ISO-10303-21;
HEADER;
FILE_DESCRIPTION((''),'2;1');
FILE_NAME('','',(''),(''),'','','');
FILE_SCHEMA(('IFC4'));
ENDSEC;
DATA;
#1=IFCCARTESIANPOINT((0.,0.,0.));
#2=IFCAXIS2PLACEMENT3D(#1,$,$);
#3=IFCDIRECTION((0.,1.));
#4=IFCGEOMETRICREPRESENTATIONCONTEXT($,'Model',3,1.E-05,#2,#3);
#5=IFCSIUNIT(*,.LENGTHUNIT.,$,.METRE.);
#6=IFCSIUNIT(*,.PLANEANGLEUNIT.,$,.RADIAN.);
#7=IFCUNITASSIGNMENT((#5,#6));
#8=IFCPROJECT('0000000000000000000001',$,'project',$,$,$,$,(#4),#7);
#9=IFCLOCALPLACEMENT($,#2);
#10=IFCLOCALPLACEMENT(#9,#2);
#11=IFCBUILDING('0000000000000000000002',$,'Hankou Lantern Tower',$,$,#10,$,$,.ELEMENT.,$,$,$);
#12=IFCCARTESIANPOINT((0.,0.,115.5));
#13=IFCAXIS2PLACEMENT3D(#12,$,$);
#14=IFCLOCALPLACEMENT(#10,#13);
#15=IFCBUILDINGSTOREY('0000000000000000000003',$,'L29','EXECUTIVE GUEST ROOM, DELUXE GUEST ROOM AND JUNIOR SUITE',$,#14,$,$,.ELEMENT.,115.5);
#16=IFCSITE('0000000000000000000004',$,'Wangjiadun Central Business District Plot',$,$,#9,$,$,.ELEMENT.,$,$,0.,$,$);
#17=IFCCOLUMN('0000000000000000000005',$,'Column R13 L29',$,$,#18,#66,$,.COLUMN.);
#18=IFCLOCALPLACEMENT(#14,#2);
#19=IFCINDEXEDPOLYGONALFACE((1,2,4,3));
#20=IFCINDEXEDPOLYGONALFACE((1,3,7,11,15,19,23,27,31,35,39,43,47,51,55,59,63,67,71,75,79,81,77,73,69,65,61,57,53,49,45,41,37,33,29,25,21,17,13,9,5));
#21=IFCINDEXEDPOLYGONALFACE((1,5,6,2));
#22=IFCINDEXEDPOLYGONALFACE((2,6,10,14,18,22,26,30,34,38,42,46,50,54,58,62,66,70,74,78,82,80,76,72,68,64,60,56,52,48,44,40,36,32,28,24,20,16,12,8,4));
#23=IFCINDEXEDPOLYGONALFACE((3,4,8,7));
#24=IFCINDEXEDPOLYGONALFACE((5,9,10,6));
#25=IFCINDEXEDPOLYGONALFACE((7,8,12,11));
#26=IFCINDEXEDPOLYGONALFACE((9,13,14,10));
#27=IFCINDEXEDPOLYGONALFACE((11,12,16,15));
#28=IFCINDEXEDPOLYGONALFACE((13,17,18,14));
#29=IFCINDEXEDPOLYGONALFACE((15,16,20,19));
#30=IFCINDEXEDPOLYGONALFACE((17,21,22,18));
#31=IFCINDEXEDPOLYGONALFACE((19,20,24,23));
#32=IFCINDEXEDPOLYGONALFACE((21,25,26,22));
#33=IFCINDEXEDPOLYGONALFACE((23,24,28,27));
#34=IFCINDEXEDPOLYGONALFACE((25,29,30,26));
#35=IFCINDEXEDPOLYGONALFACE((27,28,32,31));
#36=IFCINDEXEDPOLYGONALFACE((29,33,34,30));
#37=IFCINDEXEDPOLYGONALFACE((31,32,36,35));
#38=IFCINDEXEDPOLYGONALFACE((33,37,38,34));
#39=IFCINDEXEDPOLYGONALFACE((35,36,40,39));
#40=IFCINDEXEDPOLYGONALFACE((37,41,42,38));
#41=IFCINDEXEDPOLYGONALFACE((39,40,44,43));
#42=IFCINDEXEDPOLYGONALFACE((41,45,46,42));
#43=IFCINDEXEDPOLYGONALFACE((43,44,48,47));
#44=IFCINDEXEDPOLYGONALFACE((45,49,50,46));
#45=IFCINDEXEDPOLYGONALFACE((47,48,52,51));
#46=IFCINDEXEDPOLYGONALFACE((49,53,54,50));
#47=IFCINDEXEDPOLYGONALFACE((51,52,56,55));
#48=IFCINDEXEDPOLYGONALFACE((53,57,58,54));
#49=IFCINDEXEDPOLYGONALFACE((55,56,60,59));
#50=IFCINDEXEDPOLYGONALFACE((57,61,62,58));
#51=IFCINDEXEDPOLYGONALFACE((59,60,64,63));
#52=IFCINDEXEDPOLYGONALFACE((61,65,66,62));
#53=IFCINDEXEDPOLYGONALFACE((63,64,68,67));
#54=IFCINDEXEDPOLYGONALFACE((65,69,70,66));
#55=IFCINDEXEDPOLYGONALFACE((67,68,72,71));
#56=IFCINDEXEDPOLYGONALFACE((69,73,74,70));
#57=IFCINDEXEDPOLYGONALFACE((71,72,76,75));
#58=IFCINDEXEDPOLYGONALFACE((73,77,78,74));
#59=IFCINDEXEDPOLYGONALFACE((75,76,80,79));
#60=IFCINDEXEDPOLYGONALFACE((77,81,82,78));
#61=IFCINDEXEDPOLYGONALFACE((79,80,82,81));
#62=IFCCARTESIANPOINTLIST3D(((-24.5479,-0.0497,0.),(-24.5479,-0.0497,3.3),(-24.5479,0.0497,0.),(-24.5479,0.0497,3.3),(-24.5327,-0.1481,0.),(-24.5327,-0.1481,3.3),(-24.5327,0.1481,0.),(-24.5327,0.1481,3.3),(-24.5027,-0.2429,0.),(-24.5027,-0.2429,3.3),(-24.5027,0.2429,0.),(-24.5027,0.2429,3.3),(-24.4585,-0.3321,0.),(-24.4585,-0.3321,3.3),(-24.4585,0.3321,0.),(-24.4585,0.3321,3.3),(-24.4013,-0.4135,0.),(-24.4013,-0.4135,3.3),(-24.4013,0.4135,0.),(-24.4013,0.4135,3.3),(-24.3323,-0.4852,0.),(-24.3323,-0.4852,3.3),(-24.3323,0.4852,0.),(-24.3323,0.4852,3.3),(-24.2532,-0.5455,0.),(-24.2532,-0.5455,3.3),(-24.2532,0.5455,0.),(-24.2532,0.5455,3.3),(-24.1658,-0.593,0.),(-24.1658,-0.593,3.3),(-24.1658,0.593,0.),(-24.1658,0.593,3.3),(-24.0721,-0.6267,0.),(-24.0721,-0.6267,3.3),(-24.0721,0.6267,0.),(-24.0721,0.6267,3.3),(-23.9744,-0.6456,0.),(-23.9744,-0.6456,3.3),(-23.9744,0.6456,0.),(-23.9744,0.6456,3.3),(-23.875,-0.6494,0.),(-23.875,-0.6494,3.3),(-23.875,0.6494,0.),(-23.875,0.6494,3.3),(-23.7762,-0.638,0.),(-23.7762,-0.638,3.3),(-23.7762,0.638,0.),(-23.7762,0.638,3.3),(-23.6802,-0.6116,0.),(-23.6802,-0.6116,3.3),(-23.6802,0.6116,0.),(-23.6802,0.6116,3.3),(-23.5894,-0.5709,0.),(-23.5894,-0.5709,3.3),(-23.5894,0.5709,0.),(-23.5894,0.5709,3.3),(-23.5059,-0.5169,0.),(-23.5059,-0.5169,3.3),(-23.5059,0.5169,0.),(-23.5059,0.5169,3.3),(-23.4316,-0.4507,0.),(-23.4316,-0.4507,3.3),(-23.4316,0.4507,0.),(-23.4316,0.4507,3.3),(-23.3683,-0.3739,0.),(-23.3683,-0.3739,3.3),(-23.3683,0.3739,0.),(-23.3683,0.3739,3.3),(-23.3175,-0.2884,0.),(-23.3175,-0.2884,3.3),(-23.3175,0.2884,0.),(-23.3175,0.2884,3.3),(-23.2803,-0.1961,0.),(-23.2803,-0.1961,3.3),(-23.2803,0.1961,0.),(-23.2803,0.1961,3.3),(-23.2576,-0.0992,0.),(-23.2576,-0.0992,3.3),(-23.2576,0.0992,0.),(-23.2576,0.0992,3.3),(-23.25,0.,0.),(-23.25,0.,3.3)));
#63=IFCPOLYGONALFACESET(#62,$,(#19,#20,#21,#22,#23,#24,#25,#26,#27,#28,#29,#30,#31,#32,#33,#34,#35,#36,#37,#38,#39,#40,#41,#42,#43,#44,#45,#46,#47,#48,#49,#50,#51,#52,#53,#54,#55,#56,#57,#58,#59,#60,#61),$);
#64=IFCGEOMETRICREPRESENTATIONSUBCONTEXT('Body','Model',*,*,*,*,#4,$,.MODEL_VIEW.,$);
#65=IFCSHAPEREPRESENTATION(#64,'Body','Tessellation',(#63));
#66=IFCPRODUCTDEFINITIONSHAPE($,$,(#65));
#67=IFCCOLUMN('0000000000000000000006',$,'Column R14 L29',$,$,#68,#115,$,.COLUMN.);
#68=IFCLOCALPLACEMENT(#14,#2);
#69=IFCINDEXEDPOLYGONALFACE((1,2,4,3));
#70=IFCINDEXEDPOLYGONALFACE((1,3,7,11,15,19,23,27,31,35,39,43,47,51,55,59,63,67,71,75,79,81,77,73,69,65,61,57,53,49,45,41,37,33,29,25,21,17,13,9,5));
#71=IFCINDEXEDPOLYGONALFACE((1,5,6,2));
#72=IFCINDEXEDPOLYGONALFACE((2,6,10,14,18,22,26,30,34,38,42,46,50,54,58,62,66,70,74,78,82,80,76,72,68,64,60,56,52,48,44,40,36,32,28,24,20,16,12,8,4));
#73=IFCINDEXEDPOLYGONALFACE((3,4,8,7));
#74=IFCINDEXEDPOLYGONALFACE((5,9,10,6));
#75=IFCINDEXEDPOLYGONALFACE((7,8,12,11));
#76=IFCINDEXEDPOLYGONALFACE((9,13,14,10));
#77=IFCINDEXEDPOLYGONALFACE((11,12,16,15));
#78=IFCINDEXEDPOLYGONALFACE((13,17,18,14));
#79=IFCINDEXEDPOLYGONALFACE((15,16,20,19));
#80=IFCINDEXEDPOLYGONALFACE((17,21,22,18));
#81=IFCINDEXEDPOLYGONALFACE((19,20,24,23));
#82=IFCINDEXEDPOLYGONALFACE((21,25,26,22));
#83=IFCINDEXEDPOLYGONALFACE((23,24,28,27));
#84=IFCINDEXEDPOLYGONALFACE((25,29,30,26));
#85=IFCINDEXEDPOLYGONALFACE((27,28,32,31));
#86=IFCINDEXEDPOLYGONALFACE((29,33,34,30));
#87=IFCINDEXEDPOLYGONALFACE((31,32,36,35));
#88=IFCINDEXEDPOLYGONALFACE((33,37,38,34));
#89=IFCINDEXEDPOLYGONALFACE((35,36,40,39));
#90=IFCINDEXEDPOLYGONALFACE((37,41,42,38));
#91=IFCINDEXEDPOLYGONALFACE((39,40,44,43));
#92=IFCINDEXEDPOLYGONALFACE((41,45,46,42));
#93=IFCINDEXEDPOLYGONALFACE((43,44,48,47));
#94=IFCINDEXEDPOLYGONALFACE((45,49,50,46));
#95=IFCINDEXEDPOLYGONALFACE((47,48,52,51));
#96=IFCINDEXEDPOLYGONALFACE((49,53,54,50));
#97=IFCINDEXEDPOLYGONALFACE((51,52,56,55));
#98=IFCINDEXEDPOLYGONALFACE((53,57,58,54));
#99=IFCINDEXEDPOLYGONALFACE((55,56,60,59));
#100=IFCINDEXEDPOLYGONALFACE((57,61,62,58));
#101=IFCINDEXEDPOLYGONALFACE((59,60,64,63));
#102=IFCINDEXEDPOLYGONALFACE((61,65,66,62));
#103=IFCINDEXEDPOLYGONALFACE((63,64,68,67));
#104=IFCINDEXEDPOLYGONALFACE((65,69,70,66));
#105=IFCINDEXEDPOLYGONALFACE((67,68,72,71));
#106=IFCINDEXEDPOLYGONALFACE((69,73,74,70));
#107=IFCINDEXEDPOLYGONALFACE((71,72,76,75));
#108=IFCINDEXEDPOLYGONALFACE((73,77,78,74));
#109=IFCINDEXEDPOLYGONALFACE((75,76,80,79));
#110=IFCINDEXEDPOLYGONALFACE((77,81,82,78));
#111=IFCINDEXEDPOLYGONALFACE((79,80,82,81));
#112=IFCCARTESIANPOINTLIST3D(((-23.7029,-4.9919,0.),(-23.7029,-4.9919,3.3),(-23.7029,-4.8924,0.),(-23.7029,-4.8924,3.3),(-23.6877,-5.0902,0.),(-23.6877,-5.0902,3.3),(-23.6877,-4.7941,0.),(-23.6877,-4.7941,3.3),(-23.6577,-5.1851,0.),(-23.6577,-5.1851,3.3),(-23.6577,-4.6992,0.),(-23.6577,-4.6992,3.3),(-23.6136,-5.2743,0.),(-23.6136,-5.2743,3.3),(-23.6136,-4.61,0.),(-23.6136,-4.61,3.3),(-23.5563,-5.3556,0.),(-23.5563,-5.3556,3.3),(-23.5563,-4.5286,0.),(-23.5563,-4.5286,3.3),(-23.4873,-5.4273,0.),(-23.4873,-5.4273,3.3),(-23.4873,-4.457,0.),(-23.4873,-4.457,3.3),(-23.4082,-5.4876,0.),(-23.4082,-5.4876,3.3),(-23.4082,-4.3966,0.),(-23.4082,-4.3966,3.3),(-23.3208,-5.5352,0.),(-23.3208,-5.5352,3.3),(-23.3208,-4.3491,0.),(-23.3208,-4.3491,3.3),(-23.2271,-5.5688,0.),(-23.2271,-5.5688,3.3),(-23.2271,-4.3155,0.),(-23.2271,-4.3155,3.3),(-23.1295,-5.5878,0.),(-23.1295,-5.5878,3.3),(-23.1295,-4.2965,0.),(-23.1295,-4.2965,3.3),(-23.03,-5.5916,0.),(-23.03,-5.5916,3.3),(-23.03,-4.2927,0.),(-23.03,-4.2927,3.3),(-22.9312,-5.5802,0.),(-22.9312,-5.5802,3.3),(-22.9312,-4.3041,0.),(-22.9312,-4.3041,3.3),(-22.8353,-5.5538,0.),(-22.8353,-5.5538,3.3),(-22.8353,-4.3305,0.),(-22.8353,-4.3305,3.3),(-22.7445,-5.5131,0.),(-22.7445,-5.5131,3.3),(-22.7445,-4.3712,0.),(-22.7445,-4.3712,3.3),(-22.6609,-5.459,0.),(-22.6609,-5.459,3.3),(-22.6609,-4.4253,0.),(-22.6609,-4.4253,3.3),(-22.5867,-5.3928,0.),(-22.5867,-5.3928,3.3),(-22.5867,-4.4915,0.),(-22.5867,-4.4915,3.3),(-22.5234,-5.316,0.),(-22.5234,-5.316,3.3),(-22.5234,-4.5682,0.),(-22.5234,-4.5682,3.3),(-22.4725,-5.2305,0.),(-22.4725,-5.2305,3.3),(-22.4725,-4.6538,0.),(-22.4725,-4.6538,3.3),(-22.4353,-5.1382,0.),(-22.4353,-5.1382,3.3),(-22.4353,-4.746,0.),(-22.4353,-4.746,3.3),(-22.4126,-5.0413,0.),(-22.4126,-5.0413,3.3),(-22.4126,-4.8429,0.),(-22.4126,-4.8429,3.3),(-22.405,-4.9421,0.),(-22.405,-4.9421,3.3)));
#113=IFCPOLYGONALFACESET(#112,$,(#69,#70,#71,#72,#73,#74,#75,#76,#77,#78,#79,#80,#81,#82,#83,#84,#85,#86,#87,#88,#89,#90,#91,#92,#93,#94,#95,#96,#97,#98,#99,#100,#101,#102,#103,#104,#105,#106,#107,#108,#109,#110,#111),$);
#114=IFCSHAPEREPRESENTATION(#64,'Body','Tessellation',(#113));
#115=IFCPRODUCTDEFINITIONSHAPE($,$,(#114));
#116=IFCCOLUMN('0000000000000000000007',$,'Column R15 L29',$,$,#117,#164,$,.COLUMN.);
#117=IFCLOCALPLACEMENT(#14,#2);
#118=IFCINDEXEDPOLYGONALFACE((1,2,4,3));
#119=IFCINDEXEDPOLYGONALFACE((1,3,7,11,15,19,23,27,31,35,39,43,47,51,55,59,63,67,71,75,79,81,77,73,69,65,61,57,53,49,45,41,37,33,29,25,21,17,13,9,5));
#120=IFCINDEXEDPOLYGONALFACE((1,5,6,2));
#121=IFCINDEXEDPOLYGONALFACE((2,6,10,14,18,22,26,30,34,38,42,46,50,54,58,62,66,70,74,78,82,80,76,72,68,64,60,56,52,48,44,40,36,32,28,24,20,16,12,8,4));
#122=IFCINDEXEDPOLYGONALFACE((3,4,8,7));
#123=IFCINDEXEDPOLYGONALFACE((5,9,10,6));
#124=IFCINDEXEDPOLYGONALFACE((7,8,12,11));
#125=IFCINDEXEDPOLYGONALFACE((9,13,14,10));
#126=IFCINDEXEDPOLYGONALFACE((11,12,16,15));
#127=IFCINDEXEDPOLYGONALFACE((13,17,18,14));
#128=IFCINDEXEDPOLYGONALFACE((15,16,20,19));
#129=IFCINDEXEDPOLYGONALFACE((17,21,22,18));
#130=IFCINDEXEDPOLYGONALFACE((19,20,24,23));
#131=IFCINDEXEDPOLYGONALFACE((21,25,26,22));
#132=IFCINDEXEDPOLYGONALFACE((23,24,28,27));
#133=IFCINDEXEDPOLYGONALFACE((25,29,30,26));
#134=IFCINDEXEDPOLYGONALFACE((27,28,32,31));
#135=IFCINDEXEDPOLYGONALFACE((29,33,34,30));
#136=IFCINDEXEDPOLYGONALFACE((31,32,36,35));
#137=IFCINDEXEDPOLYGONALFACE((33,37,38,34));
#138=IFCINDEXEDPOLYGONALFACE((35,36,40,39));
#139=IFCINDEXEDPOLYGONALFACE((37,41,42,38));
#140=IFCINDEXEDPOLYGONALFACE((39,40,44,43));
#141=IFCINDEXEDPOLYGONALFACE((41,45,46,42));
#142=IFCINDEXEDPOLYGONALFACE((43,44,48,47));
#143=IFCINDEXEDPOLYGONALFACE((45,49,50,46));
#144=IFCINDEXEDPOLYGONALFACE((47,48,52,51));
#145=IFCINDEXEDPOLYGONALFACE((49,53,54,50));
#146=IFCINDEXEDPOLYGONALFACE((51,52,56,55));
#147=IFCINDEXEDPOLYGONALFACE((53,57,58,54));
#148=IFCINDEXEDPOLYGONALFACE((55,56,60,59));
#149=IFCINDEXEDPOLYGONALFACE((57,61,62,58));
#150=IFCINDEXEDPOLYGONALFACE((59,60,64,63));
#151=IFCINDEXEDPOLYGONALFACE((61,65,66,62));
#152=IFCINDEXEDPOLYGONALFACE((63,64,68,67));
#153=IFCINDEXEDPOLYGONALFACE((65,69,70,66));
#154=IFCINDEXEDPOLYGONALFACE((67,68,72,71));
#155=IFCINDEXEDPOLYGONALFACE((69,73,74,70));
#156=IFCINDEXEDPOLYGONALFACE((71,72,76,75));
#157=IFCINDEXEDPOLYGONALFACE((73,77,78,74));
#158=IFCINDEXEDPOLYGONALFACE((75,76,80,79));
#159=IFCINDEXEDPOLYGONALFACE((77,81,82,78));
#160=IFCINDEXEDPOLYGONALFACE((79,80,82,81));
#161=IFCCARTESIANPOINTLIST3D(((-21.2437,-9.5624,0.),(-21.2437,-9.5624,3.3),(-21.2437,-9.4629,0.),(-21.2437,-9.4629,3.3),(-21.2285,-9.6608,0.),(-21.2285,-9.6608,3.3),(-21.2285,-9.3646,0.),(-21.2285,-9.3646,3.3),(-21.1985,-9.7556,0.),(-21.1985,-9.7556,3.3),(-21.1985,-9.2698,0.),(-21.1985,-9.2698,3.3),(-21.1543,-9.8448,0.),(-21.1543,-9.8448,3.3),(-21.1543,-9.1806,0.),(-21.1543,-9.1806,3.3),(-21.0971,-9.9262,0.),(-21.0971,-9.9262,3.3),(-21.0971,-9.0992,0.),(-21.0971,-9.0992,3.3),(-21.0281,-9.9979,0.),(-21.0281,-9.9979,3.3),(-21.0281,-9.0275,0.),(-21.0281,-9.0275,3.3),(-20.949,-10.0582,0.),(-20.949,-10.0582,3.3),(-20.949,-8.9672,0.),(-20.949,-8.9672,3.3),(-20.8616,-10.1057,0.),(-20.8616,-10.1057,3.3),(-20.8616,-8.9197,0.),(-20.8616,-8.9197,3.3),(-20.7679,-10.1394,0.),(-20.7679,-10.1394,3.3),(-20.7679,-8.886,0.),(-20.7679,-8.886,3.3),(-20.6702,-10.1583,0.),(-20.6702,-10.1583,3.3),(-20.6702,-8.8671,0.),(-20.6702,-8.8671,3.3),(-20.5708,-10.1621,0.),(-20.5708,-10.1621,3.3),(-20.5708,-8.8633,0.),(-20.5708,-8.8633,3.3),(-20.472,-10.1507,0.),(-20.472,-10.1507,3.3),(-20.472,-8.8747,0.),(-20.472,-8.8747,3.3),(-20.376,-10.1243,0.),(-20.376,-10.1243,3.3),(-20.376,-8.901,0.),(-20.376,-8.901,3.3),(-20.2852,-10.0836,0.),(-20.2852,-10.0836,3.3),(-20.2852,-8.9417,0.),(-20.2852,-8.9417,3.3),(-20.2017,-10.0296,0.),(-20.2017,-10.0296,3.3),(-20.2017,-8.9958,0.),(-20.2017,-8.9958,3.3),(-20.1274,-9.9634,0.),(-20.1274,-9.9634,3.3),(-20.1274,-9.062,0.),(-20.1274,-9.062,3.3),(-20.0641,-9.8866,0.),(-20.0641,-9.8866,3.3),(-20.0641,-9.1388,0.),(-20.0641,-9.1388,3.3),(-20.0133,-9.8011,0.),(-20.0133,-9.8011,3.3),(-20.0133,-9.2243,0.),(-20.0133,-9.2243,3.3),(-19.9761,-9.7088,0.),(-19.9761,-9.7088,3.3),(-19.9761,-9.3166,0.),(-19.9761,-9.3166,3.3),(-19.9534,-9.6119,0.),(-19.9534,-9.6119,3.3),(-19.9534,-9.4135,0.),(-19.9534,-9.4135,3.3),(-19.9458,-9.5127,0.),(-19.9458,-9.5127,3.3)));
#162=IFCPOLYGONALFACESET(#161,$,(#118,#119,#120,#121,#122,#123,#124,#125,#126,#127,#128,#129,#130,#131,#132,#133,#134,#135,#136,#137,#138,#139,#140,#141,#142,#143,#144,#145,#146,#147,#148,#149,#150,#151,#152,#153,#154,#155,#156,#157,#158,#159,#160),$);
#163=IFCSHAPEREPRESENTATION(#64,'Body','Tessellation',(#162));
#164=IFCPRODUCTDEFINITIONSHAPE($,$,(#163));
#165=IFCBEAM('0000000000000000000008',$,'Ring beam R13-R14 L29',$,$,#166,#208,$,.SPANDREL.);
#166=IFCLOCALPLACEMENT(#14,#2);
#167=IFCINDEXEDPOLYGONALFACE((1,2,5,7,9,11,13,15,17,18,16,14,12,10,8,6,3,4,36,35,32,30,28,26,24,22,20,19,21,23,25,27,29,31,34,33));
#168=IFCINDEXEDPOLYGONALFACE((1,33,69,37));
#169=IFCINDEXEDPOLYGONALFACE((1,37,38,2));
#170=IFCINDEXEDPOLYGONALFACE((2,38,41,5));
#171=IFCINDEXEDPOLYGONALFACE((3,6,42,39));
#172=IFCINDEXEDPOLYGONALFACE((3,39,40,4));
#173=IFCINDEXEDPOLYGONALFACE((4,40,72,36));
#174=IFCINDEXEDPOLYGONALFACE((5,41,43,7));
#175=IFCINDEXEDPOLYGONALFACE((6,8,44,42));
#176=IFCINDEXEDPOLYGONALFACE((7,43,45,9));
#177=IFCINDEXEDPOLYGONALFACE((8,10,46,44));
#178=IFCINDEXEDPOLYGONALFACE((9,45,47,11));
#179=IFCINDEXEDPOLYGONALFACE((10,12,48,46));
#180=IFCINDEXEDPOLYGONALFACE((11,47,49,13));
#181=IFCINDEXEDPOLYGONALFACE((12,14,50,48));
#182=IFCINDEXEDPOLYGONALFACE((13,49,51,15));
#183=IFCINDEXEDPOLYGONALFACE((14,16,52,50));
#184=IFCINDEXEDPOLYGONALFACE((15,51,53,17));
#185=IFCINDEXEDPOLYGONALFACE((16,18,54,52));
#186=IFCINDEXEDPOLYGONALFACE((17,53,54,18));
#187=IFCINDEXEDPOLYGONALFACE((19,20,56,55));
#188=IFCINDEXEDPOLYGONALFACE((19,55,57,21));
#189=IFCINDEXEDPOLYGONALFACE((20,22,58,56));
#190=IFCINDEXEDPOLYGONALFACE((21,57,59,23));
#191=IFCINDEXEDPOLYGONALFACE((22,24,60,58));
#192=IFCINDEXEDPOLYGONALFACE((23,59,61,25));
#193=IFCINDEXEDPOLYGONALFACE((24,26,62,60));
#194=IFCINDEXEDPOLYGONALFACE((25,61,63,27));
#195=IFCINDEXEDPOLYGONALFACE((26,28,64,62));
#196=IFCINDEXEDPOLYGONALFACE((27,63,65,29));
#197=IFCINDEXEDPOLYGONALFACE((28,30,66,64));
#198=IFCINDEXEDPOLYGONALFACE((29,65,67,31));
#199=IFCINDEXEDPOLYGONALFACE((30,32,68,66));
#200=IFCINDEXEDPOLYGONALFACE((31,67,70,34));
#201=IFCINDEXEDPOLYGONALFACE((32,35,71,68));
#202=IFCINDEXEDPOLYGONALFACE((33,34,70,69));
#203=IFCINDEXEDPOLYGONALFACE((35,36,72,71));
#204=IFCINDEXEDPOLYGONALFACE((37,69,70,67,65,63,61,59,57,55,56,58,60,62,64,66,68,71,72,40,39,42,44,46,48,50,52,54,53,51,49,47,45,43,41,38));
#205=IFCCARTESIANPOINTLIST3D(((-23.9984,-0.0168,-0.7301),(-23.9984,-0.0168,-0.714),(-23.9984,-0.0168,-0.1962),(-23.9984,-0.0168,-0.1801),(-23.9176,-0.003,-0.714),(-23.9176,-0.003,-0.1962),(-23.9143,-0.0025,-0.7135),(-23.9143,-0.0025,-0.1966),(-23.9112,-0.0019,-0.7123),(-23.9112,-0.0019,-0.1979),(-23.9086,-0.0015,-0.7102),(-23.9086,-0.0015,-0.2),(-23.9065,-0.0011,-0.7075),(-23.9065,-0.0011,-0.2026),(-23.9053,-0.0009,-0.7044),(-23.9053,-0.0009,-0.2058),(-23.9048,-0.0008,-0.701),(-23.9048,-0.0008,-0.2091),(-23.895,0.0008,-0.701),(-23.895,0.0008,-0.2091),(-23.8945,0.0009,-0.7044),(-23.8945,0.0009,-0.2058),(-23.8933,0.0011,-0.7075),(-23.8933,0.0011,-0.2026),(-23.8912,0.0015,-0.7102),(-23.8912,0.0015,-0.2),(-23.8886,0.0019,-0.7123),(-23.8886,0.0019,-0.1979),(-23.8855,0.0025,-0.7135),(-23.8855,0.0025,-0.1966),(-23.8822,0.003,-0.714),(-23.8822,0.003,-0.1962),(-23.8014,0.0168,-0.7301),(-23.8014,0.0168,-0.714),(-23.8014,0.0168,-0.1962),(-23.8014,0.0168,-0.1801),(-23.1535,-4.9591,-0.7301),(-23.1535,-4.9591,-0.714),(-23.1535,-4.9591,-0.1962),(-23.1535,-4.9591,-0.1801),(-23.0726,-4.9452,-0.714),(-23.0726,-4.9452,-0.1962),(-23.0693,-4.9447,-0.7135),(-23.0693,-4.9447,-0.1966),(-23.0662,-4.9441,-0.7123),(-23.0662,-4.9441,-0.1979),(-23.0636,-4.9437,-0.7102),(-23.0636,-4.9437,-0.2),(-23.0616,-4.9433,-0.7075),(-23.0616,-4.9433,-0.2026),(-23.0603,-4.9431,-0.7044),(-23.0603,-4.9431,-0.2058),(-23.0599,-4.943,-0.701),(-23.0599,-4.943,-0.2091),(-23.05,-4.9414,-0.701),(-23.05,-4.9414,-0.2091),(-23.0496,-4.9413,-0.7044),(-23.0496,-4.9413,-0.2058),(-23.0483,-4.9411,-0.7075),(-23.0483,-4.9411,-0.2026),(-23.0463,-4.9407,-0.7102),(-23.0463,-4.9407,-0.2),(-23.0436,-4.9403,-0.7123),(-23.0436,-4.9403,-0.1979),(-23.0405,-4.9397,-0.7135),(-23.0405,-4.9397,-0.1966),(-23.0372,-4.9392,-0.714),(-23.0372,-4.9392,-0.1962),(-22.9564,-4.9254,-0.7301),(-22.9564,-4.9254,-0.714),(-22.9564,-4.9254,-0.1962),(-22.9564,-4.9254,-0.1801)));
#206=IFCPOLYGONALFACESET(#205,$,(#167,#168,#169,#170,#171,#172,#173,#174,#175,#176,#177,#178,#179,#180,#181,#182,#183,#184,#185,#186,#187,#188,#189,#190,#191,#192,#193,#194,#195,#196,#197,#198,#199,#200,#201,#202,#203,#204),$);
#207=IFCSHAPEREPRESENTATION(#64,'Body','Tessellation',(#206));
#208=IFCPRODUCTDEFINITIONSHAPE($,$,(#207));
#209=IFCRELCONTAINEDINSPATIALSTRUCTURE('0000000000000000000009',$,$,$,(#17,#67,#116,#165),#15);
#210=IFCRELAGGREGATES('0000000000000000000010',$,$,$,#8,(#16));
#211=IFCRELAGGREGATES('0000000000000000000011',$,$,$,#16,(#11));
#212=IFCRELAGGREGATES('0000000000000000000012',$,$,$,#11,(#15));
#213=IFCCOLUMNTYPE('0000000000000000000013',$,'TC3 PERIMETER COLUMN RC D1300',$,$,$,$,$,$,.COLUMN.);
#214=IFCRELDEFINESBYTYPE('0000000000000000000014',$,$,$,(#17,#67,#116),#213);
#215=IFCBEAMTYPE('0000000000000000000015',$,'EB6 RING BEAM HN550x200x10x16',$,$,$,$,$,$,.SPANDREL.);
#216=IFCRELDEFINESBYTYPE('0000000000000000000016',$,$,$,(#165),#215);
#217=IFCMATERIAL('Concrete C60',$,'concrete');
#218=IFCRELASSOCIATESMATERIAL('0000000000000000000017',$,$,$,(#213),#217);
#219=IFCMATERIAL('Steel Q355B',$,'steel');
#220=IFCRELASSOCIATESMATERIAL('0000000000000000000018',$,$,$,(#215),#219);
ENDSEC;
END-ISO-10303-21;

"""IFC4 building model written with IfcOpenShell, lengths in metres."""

from ifc_helpers import new_model, si_unit, direction, frame, origin, origin_2d, place, context, subcontext, project, spatial, circle, i_section, extrude, material, material_profile, profile_set, type_object, element, save


model = new_model("IFC4")

# Units and contexts
model_context = context("Model", 3, precision=1e-05, world=origin(), true_north=direction((0.0, 1.0)))
body_context = subcontext(model_context, "Body", "Model", "MODEL_VIEW")
ifc_project = project(units=[si_unit("LENGTHUNIT", "METRE"), si_unit("PLANEANGLEUNIT", "RADIAN")], contexts=[model_context])

# Site, building, storey
site_placement = place(None, origin())
site = spatial("IfcSite", under=ifc_project, at=site_placement, Name="Wangjiadun Central Business District Plot", CompositionType="ELEMENT", RefElevation=0.0)
building_placement = place(site_placement, origin())
building = spatial("IfcBuilding", under=site, at=building_placement, Name="Hankou Lantern Tower", CompositionType="ELEMENT")
storey_placement = place(building_placement, frame((0.0, 0.0, 115.5)))
storey = spatial("IfcBuildingStorey", under=building, at=storey_placement, Name="L29", Description="EXECUTIVE GUEST ROOM, DELUXE GUEST ROOM AND JUNIOR SUITE", CompositionType="ELEMENT", Elevation=115.5)

# Columns
ifc_material_1 = material(Name="Concrete C60", Category="concrete")
ifc_material_profile_1 = material_profile(ifc_material_1, circle(Radius=0.6499, at=origin_2d()), Name="RC D1300")
ifc_profile_set_1 = profile_set([ifc_material_profile_1], Name="Concrete C60")
column_type = type_object("IfcColumnType", Name="TC3 PERIMETER COLUMN RC D1300", PredefinedType="COLUMN", material=ifc_profile_set_1)
for number, where, z_axis, x_axis, name in (
    (1, (-23.8999, 0.0, 0.0), (0.0, 0.0, 1.0), (1.0, 0.0, 0.0), "Column R13 L29"),
    (2, (-23.0549, -4.9421, 0.0), (0.0, 0.0, 1.0), (1.0, 0.0, 0.0), "Column R14 L29"),
    (3, (-20.5957, -9.5127, 0.0), (0.0, 0.0, 1.0), (1.0, 0.0, 0.0), "Column R15 L29"),
):
    element("IfcColumn", number, at=place(storey_placement, frame(where, z_axis=z_axis, x_axis=x_axis)), inside=storey, type_object=column_type, Name=name, PredefinedType="COLUMN", context=body_context, shape_type="SweptSolid", body=[
        extrude(circle(Radius=0.6499, at=origin_2d()), origin(), (0.0, 0.0, 1.0), 3.3),
    ])

# Beam
ifc_material_2 = material(Name="Steel Q355B", Category="steel")
ifc_material_profile_2 = material_profile(ifc_material_2, i_section(OverallWidth=0.2, OverallDepth=0.55, WebThickness=0.01, FlangeThickness=0.0161, FilletRadius=0.0129, at=origin_2d()), Name="HN550x200x10x16")
ifc_profile_set_2 = profile_set([ifc_material_profile_2], Name="Steel Q355B")
beam_type_1 = type_object("IfcBeamType", Name="EB6 RING BEAM HN550x200x10x16", PredefinedType="SPANDREL", material=ifc_profile_set_2)
beam_1_placement = place(storey_placement, frame((-23.8999, 0.0, -0.4551), z_axis=(0.168527, -0.985697, 0.0), x_axis=(0.985697, 0.168527, 0.0)))
element("IfcBeam", 4, at=beam_1_placement, inside=storey, type_object=beam_type_1, Name="Ring beam R13-R14 L29", PredefinedType="SPANDREL", context=body_context, shape_type="SweptSolid", body=[
    extrude(i_section(OverallWidth=0.2, OverallDepth=0.55, WebThickness=0.01, FlangeThickness=0.0161, FilletRadius=0.0129, at=origin_2d()), origin(), (0.0, 0.0, 1.0), 5.0139),
])

save(model, "model.ifc")
